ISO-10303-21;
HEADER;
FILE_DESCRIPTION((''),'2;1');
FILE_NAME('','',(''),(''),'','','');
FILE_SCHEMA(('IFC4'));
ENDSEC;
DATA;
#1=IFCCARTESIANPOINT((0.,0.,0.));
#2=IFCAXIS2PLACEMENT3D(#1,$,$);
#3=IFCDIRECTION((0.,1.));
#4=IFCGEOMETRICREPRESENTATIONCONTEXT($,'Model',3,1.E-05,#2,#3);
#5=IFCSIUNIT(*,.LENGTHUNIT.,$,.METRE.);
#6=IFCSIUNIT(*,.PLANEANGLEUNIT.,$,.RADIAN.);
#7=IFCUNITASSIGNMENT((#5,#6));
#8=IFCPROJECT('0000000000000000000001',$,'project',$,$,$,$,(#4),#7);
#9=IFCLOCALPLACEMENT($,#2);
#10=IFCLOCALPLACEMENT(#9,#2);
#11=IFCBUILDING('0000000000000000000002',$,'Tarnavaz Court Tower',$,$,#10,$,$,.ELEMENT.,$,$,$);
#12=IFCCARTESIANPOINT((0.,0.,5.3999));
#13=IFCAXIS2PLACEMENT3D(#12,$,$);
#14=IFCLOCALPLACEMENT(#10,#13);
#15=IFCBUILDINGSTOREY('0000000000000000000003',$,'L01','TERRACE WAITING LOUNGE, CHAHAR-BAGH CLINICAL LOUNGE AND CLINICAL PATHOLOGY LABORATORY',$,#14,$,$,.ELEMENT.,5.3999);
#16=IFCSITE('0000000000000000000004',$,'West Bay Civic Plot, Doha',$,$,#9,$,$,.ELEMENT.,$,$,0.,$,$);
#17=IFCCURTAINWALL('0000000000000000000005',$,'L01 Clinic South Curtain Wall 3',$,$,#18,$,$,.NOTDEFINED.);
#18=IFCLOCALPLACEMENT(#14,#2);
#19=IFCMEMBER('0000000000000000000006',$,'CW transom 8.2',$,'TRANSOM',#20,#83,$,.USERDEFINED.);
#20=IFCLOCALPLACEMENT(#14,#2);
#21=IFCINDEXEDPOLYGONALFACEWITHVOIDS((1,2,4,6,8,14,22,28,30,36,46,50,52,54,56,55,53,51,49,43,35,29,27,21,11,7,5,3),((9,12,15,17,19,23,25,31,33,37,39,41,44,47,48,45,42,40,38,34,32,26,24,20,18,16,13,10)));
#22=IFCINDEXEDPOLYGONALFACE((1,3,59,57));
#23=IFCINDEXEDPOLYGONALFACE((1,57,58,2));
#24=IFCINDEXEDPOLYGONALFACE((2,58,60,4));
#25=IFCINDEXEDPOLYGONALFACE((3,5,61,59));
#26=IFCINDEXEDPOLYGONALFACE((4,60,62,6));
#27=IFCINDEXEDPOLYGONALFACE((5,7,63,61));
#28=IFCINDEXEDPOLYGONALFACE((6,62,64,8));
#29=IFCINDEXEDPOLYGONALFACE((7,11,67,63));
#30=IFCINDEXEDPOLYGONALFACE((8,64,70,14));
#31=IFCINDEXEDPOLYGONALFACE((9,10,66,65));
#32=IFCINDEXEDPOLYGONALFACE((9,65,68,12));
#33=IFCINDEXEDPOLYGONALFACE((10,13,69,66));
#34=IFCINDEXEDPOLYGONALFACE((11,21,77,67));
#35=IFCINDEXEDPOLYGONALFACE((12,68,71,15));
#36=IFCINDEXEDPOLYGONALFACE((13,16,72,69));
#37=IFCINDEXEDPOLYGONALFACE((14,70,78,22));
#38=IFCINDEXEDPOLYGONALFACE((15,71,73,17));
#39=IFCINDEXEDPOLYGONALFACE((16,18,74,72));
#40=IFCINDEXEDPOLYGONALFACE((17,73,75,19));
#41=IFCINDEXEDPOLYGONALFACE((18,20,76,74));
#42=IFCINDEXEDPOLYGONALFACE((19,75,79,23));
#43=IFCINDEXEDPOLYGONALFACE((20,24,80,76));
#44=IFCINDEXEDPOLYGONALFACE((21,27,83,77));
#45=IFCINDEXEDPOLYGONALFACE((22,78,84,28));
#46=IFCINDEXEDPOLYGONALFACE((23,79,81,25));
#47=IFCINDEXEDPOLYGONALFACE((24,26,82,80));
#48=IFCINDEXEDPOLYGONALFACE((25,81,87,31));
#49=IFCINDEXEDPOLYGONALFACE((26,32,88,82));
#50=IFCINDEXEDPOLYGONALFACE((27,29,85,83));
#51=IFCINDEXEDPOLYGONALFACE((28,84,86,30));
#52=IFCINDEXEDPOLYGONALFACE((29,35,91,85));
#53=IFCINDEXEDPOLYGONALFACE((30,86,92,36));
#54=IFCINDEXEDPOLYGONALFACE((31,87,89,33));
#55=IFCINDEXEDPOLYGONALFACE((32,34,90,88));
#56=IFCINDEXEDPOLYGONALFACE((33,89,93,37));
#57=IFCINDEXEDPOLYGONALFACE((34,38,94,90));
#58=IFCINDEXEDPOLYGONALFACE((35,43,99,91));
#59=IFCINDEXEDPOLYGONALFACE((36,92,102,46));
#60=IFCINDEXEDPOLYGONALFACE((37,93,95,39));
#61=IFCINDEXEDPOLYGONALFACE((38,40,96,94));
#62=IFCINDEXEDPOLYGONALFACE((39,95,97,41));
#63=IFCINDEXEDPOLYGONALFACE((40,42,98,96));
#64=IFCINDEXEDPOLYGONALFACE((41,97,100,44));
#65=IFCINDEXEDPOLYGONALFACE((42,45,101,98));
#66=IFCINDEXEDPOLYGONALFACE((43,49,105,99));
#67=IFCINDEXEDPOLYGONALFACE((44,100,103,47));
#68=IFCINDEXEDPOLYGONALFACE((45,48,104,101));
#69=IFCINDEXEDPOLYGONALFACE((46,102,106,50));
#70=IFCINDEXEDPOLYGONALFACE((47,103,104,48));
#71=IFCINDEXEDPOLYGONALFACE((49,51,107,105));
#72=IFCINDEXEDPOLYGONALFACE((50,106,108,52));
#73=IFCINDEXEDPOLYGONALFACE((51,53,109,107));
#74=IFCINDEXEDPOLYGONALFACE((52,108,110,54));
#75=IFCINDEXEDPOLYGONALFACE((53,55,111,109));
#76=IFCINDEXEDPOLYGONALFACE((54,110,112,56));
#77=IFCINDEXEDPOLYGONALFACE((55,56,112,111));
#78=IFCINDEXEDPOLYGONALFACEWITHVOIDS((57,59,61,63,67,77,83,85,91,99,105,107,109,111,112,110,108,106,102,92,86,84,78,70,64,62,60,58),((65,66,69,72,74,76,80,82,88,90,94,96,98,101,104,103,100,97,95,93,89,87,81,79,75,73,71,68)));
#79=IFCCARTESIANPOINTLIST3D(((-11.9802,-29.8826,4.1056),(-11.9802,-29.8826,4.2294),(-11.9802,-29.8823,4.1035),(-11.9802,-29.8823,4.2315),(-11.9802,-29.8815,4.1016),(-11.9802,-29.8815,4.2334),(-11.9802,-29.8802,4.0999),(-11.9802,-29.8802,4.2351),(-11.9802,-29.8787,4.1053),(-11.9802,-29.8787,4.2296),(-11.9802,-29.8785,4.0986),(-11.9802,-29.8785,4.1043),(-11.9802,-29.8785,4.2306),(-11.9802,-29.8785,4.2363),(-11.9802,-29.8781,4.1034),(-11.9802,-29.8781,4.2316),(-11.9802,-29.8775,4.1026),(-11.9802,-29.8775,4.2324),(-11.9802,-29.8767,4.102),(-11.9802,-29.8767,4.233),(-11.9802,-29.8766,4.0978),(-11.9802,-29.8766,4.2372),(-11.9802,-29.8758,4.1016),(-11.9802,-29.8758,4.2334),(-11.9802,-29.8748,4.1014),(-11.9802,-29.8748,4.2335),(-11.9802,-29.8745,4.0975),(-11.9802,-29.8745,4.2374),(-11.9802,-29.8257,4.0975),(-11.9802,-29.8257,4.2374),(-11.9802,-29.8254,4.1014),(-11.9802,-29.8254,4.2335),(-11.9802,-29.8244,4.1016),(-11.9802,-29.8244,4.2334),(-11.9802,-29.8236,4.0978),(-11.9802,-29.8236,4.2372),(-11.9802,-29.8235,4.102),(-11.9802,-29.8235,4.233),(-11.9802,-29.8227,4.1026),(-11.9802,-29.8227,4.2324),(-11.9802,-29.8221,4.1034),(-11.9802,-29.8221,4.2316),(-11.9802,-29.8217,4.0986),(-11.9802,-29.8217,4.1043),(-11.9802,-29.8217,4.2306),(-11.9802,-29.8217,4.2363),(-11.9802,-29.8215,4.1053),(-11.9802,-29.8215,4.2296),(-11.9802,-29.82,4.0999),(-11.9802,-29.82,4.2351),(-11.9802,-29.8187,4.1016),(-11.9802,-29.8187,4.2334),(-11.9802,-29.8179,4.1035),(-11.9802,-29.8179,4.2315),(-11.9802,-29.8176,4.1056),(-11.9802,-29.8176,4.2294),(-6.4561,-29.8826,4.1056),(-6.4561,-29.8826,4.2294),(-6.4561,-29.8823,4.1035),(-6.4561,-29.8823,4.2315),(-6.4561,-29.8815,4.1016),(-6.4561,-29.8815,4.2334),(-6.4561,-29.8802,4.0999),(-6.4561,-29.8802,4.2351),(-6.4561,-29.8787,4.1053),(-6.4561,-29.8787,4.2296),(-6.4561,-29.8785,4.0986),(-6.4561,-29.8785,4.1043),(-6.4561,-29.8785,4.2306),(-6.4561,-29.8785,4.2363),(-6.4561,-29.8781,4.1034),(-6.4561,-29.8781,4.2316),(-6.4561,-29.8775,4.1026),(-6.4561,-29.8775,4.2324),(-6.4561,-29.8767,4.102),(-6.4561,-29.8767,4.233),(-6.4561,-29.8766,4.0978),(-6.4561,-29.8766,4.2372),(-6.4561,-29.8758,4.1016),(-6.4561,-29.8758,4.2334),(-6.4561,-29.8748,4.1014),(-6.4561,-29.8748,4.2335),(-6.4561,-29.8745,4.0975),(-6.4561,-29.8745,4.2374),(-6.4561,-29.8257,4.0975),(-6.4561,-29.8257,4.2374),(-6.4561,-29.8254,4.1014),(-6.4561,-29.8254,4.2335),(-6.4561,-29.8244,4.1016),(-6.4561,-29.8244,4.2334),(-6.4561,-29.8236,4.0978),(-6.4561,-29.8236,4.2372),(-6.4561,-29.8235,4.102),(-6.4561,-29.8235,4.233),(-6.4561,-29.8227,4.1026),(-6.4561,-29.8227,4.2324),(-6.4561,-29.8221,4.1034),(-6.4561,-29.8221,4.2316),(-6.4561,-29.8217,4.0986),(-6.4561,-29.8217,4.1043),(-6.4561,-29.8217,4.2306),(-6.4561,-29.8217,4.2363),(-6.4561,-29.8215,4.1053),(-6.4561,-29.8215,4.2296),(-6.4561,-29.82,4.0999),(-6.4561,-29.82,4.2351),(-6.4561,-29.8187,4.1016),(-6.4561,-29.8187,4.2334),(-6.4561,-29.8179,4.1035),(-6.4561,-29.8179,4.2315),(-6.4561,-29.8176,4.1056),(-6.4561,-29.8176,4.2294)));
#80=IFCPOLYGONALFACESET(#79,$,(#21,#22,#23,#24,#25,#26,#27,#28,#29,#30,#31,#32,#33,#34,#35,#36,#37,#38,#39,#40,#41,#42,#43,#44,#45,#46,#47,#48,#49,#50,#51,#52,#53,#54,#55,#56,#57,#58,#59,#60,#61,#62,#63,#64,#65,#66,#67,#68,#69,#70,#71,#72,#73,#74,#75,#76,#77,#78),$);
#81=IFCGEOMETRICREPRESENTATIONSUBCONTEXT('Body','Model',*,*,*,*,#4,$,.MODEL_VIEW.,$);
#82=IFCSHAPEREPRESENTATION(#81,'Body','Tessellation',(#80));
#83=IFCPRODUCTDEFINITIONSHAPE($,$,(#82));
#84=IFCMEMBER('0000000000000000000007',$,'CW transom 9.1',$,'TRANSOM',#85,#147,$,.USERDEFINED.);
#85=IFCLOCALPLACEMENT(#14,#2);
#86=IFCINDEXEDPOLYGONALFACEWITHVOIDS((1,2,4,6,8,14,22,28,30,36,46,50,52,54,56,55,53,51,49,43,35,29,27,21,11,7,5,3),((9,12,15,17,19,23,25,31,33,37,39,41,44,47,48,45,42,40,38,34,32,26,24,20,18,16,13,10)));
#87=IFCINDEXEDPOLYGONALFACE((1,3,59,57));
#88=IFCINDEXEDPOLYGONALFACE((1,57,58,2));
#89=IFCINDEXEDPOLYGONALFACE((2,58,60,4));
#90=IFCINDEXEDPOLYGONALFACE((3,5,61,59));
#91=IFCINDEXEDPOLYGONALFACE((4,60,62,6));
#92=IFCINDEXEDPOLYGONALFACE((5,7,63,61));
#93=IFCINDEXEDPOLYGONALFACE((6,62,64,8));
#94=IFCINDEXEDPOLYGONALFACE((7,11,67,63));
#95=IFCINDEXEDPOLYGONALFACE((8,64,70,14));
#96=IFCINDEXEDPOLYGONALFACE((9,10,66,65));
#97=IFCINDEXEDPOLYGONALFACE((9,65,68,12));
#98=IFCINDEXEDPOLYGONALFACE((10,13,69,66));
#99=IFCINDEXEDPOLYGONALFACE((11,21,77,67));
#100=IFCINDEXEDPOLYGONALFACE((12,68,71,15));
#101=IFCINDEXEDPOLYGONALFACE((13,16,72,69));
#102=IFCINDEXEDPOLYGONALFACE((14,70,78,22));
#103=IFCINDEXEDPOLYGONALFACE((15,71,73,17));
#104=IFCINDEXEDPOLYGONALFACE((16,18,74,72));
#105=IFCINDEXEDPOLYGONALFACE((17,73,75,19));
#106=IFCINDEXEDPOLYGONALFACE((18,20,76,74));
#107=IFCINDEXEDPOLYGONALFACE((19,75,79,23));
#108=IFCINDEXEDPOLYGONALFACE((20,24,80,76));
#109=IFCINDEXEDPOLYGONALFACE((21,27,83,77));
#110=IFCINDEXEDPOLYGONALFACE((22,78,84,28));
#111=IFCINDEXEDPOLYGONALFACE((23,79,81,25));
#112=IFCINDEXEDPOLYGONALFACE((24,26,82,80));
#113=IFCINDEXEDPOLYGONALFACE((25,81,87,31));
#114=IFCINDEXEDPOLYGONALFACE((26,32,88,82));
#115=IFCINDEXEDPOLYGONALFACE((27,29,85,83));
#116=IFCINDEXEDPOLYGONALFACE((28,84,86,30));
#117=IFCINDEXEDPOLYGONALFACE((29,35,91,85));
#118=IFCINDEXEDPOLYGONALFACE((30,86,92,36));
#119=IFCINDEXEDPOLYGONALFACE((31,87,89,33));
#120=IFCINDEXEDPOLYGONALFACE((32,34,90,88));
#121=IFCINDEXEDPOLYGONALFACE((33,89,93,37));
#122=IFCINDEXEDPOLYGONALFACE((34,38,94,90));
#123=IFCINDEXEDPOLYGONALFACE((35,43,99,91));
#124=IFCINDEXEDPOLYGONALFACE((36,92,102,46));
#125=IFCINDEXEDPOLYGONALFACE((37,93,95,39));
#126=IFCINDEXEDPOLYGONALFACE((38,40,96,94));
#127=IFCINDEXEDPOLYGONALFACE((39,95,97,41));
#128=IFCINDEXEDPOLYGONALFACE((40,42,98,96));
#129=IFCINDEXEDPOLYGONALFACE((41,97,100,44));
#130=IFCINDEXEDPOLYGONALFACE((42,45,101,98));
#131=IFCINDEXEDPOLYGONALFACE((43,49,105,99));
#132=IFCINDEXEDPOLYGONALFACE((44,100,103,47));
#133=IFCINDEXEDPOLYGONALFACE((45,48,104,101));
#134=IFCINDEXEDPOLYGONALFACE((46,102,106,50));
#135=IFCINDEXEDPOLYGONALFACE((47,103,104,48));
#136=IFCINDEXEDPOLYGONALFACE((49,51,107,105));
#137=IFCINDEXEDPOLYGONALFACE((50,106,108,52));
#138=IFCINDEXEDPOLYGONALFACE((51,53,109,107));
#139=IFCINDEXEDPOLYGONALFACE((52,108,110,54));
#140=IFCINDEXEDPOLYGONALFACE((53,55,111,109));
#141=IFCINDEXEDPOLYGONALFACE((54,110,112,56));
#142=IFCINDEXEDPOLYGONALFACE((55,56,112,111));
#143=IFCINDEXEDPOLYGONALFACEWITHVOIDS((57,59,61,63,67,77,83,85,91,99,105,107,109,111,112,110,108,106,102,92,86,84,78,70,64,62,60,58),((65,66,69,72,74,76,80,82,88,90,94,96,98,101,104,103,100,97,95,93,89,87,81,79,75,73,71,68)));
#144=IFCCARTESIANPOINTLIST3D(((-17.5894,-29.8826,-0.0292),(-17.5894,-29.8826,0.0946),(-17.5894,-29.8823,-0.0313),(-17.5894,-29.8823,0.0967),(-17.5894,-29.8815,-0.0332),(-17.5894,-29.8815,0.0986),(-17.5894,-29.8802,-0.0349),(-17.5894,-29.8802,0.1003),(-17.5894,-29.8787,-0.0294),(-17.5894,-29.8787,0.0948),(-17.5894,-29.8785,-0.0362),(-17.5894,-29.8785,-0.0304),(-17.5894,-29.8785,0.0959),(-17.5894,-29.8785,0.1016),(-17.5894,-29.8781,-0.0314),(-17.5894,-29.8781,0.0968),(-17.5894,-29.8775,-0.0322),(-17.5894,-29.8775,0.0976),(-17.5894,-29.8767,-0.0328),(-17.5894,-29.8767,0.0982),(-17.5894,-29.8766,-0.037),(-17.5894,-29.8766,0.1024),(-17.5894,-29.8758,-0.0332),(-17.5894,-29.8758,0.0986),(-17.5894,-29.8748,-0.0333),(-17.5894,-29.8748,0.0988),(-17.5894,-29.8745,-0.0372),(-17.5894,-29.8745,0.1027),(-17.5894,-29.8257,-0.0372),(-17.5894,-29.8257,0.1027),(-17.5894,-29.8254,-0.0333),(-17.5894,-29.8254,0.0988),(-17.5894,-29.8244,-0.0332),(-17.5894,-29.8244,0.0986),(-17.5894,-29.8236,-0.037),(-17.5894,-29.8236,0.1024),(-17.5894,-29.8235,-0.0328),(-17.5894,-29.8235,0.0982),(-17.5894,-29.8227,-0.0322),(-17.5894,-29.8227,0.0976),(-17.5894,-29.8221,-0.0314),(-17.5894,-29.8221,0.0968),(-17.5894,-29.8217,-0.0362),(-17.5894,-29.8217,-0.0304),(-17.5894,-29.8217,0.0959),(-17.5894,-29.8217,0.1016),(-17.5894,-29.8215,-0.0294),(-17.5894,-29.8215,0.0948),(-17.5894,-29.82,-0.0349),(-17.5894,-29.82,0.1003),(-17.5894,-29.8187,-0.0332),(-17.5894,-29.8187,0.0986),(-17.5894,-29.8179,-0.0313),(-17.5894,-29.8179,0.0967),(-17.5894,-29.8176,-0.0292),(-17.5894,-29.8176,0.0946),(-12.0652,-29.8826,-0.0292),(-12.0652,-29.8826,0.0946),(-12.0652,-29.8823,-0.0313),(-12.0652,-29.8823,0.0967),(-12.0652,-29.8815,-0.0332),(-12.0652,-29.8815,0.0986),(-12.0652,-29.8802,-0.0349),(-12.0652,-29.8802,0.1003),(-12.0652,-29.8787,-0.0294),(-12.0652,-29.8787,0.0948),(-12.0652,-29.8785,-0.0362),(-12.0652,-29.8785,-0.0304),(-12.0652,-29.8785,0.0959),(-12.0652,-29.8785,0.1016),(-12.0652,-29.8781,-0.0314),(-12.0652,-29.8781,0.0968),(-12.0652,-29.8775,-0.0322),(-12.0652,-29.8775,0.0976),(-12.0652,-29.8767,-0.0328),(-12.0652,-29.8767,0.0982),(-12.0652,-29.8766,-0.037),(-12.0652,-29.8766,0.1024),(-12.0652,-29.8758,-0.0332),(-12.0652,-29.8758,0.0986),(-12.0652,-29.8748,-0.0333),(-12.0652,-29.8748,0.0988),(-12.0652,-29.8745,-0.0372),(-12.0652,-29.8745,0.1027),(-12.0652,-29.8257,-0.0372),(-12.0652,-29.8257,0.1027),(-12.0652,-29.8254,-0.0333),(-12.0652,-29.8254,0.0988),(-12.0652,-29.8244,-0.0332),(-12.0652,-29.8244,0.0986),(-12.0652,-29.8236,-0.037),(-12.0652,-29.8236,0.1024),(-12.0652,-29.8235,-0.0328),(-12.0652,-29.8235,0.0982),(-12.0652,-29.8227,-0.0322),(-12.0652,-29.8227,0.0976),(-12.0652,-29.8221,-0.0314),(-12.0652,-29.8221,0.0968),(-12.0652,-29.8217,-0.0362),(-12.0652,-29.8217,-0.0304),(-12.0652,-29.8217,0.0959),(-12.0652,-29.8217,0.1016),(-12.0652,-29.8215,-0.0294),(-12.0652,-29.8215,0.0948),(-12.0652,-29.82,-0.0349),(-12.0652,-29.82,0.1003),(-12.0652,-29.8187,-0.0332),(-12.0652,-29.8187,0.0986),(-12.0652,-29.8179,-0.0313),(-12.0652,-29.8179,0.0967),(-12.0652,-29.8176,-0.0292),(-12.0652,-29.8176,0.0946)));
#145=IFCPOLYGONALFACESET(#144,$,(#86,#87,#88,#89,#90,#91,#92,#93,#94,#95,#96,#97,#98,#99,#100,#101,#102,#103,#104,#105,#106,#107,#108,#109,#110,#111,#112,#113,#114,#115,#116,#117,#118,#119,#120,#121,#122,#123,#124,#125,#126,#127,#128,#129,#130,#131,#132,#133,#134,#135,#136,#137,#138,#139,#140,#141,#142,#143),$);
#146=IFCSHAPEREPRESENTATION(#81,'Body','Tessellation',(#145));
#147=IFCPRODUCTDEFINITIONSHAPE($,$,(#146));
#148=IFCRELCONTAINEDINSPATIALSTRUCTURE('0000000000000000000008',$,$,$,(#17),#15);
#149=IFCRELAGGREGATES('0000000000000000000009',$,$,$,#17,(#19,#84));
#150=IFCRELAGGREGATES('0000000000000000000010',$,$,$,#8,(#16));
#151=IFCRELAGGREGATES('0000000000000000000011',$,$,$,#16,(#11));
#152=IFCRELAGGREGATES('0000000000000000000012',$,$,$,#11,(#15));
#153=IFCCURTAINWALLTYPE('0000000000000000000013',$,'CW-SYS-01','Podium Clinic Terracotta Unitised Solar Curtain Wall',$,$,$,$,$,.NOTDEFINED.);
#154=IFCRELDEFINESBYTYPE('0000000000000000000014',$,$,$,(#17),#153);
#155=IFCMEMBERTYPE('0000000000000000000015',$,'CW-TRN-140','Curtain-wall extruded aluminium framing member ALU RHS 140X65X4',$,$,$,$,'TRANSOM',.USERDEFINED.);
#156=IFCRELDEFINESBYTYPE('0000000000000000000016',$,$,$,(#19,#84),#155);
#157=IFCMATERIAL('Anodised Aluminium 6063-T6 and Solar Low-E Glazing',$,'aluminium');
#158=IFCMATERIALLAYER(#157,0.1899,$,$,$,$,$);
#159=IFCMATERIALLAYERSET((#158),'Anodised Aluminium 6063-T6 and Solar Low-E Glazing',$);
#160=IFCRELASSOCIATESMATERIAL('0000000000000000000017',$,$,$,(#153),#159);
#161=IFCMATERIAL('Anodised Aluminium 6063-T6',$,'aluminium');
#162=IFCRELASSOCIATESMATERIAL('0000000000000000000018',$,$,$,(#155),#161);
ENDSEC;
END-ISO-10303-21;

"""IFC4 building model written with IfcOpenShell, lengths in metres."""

from ifc_helpers import new_model, si_unit, direction, frame, origin, origin_2d, place, context, subcontext, project, spatial, hollow_rectangle, extrude, material, layer, layer_set, material_profile, profile_set, type_object, element, aggregate, save


model = new_model("IFC4")

# Units and contexts
model_context = context("Model", 3, precision=1e-05, world=origin(), true_north=direction((0.0, 1.0)))
body_context = subcontext(model_context, "Body", "Model", "MODEL_VIEW")
ifc_project = project(units=[si_unit("LENGTHUNIT", "METRE"), si_unit("PLANEANGLEUNIT", "RADIAN")], contexts=[model_context])

# Site, building, storey
site_placement = place(None, origin())
site = spatial("IfcSite", under=ifc_project, at=site_placement, Name="West Bay Civic Plot, Doha", CompositionType="ELEMENT", RefElevation=0.0)
building_placement = place(site_placement, origin())
building = spatial("IfcBuilding", under=site, at=building_placement, Name="Tarnavaz Court Tower", CompositionType="ELEMENT")
storey_placement = place(building_placement, frame((0.0, 0.0, 5.3999)))
storey = spatial("IfcBuildingStorey", under=building, at=storey_placement, Name="L01", Description="TERRACE WAITING LOUNGE, CHAHAR-BAGH CLINICAL LOUNGE AND CLINICAL PATHOLOGY LABORATORY", CompositionType="ELEMENT", Elevation=5.3999)

# Curtain wall, members
ifc_material_1 = material(Name="Anodised Aluminium 6063-T6 and Solar Low-E Glazing", Category="aluminium")
ifc_layer_1 = layer(ifc_material_1, 0.1899)
ifc_layer_set_1 = layer_set([ifc_layer_1], Name="Anodised Aluminium 6063-T6 and Solar Low-E Glazing")
curtain_wall_type = type_object("IfcCurtainWallType", Name="CW-SYS-01", Description="Podium Clinic Terracotta Unitised Solar Curtain Wall", PredefinedType="NOTDEFINED", material=ifc_layer_set_1)
curtain_wall_placement = place(storey_placement, origin())
curtain_wall = element("IfcCurtainWall", 1, at=curtain_wall_placement, inside=storey, type_object=curtain_wall_type, Name="L01 Clinic South Curtain Wall 3", PredefinedType="NOTDEFINED")
ifc_material_2 = material(Name="Anodised Aluminium 6063-T6", Category="aluminium")
ifc_material_profile_1 = material_profile(ifc_material_2, hollow_rectangle(XDim=0.0649, YDim=0.1399, WallThickness=0.0039, InnerFilletRadius=0.0039, OuterFilletRadius=0.0081, at=origin_2d()), Name="ALU RHS 140X65X4")
ifc_profile_set_1 = profile_set([ifc_material_profile_1], Name="Anodised Aluminium 6063-T6")
member_type_1 = type_object("IfcMemberType", Name="CW-TRN-140", Description="Curtain-wall extruded aluminium framing member ALU RHS 140X65X4", ElementType="TRANSOM", PredefinedType="USERDEFINED", material=ifc_profile_set_1)
member_1_placement = place(storey_placement, frame((-6.4561, -29.8501, 4.1675), z_axis=(-1.0, 0.0, 0.0), x_axis=(0.0, -1.0, 0.0)))
member_1 = element("IfcMember", 2, at=member_1_placement, type_object=member_type_1, Name="CW transom 8.2", ObjectType="TRANSOM", PredefinedType="USERDEFINED", context=body_context, shape_type="SweptSolid", body=[
    extrude(hollow_rectangle(XDim=0.0649, YDim=0.1399, WallThickness=0.0039, InnerFilletRadius=0.0039, OuterFilletRadius=0.0081, at=origin_2d()), origin(), (0.0, 0.0, 1.0), 5.5242),
])
member_2_placement = place(storey_placement, frame((-12.0652, -29.8501, 0.0327), z_axis=(-1.0, 0.0, 0.0), x_axis=(0.0, -1.0, 0.0)))
member_2 = element("IfcMember", 3, at=member_2_placement, type_object=member_type_1, Name="CW transom 9.1", ObjectType="TRANSOM", PredefinedType="USERDEFINED", context=body_context, shape_type="SweptSolid", body=[
    extrude(hollow_rectangle(XDim=0.0649, YDim=0.1399, WallThickness=0.0039, InnerFilletRadius=0.0039, OuterFilletRadius=0.0081, at=origin_2d()), origin(), (0.0, 0.0, 1.0), 5.5242),
])
aggregate(curtain_wall, [member_1, member_2])

save(model, "model.ifc")
